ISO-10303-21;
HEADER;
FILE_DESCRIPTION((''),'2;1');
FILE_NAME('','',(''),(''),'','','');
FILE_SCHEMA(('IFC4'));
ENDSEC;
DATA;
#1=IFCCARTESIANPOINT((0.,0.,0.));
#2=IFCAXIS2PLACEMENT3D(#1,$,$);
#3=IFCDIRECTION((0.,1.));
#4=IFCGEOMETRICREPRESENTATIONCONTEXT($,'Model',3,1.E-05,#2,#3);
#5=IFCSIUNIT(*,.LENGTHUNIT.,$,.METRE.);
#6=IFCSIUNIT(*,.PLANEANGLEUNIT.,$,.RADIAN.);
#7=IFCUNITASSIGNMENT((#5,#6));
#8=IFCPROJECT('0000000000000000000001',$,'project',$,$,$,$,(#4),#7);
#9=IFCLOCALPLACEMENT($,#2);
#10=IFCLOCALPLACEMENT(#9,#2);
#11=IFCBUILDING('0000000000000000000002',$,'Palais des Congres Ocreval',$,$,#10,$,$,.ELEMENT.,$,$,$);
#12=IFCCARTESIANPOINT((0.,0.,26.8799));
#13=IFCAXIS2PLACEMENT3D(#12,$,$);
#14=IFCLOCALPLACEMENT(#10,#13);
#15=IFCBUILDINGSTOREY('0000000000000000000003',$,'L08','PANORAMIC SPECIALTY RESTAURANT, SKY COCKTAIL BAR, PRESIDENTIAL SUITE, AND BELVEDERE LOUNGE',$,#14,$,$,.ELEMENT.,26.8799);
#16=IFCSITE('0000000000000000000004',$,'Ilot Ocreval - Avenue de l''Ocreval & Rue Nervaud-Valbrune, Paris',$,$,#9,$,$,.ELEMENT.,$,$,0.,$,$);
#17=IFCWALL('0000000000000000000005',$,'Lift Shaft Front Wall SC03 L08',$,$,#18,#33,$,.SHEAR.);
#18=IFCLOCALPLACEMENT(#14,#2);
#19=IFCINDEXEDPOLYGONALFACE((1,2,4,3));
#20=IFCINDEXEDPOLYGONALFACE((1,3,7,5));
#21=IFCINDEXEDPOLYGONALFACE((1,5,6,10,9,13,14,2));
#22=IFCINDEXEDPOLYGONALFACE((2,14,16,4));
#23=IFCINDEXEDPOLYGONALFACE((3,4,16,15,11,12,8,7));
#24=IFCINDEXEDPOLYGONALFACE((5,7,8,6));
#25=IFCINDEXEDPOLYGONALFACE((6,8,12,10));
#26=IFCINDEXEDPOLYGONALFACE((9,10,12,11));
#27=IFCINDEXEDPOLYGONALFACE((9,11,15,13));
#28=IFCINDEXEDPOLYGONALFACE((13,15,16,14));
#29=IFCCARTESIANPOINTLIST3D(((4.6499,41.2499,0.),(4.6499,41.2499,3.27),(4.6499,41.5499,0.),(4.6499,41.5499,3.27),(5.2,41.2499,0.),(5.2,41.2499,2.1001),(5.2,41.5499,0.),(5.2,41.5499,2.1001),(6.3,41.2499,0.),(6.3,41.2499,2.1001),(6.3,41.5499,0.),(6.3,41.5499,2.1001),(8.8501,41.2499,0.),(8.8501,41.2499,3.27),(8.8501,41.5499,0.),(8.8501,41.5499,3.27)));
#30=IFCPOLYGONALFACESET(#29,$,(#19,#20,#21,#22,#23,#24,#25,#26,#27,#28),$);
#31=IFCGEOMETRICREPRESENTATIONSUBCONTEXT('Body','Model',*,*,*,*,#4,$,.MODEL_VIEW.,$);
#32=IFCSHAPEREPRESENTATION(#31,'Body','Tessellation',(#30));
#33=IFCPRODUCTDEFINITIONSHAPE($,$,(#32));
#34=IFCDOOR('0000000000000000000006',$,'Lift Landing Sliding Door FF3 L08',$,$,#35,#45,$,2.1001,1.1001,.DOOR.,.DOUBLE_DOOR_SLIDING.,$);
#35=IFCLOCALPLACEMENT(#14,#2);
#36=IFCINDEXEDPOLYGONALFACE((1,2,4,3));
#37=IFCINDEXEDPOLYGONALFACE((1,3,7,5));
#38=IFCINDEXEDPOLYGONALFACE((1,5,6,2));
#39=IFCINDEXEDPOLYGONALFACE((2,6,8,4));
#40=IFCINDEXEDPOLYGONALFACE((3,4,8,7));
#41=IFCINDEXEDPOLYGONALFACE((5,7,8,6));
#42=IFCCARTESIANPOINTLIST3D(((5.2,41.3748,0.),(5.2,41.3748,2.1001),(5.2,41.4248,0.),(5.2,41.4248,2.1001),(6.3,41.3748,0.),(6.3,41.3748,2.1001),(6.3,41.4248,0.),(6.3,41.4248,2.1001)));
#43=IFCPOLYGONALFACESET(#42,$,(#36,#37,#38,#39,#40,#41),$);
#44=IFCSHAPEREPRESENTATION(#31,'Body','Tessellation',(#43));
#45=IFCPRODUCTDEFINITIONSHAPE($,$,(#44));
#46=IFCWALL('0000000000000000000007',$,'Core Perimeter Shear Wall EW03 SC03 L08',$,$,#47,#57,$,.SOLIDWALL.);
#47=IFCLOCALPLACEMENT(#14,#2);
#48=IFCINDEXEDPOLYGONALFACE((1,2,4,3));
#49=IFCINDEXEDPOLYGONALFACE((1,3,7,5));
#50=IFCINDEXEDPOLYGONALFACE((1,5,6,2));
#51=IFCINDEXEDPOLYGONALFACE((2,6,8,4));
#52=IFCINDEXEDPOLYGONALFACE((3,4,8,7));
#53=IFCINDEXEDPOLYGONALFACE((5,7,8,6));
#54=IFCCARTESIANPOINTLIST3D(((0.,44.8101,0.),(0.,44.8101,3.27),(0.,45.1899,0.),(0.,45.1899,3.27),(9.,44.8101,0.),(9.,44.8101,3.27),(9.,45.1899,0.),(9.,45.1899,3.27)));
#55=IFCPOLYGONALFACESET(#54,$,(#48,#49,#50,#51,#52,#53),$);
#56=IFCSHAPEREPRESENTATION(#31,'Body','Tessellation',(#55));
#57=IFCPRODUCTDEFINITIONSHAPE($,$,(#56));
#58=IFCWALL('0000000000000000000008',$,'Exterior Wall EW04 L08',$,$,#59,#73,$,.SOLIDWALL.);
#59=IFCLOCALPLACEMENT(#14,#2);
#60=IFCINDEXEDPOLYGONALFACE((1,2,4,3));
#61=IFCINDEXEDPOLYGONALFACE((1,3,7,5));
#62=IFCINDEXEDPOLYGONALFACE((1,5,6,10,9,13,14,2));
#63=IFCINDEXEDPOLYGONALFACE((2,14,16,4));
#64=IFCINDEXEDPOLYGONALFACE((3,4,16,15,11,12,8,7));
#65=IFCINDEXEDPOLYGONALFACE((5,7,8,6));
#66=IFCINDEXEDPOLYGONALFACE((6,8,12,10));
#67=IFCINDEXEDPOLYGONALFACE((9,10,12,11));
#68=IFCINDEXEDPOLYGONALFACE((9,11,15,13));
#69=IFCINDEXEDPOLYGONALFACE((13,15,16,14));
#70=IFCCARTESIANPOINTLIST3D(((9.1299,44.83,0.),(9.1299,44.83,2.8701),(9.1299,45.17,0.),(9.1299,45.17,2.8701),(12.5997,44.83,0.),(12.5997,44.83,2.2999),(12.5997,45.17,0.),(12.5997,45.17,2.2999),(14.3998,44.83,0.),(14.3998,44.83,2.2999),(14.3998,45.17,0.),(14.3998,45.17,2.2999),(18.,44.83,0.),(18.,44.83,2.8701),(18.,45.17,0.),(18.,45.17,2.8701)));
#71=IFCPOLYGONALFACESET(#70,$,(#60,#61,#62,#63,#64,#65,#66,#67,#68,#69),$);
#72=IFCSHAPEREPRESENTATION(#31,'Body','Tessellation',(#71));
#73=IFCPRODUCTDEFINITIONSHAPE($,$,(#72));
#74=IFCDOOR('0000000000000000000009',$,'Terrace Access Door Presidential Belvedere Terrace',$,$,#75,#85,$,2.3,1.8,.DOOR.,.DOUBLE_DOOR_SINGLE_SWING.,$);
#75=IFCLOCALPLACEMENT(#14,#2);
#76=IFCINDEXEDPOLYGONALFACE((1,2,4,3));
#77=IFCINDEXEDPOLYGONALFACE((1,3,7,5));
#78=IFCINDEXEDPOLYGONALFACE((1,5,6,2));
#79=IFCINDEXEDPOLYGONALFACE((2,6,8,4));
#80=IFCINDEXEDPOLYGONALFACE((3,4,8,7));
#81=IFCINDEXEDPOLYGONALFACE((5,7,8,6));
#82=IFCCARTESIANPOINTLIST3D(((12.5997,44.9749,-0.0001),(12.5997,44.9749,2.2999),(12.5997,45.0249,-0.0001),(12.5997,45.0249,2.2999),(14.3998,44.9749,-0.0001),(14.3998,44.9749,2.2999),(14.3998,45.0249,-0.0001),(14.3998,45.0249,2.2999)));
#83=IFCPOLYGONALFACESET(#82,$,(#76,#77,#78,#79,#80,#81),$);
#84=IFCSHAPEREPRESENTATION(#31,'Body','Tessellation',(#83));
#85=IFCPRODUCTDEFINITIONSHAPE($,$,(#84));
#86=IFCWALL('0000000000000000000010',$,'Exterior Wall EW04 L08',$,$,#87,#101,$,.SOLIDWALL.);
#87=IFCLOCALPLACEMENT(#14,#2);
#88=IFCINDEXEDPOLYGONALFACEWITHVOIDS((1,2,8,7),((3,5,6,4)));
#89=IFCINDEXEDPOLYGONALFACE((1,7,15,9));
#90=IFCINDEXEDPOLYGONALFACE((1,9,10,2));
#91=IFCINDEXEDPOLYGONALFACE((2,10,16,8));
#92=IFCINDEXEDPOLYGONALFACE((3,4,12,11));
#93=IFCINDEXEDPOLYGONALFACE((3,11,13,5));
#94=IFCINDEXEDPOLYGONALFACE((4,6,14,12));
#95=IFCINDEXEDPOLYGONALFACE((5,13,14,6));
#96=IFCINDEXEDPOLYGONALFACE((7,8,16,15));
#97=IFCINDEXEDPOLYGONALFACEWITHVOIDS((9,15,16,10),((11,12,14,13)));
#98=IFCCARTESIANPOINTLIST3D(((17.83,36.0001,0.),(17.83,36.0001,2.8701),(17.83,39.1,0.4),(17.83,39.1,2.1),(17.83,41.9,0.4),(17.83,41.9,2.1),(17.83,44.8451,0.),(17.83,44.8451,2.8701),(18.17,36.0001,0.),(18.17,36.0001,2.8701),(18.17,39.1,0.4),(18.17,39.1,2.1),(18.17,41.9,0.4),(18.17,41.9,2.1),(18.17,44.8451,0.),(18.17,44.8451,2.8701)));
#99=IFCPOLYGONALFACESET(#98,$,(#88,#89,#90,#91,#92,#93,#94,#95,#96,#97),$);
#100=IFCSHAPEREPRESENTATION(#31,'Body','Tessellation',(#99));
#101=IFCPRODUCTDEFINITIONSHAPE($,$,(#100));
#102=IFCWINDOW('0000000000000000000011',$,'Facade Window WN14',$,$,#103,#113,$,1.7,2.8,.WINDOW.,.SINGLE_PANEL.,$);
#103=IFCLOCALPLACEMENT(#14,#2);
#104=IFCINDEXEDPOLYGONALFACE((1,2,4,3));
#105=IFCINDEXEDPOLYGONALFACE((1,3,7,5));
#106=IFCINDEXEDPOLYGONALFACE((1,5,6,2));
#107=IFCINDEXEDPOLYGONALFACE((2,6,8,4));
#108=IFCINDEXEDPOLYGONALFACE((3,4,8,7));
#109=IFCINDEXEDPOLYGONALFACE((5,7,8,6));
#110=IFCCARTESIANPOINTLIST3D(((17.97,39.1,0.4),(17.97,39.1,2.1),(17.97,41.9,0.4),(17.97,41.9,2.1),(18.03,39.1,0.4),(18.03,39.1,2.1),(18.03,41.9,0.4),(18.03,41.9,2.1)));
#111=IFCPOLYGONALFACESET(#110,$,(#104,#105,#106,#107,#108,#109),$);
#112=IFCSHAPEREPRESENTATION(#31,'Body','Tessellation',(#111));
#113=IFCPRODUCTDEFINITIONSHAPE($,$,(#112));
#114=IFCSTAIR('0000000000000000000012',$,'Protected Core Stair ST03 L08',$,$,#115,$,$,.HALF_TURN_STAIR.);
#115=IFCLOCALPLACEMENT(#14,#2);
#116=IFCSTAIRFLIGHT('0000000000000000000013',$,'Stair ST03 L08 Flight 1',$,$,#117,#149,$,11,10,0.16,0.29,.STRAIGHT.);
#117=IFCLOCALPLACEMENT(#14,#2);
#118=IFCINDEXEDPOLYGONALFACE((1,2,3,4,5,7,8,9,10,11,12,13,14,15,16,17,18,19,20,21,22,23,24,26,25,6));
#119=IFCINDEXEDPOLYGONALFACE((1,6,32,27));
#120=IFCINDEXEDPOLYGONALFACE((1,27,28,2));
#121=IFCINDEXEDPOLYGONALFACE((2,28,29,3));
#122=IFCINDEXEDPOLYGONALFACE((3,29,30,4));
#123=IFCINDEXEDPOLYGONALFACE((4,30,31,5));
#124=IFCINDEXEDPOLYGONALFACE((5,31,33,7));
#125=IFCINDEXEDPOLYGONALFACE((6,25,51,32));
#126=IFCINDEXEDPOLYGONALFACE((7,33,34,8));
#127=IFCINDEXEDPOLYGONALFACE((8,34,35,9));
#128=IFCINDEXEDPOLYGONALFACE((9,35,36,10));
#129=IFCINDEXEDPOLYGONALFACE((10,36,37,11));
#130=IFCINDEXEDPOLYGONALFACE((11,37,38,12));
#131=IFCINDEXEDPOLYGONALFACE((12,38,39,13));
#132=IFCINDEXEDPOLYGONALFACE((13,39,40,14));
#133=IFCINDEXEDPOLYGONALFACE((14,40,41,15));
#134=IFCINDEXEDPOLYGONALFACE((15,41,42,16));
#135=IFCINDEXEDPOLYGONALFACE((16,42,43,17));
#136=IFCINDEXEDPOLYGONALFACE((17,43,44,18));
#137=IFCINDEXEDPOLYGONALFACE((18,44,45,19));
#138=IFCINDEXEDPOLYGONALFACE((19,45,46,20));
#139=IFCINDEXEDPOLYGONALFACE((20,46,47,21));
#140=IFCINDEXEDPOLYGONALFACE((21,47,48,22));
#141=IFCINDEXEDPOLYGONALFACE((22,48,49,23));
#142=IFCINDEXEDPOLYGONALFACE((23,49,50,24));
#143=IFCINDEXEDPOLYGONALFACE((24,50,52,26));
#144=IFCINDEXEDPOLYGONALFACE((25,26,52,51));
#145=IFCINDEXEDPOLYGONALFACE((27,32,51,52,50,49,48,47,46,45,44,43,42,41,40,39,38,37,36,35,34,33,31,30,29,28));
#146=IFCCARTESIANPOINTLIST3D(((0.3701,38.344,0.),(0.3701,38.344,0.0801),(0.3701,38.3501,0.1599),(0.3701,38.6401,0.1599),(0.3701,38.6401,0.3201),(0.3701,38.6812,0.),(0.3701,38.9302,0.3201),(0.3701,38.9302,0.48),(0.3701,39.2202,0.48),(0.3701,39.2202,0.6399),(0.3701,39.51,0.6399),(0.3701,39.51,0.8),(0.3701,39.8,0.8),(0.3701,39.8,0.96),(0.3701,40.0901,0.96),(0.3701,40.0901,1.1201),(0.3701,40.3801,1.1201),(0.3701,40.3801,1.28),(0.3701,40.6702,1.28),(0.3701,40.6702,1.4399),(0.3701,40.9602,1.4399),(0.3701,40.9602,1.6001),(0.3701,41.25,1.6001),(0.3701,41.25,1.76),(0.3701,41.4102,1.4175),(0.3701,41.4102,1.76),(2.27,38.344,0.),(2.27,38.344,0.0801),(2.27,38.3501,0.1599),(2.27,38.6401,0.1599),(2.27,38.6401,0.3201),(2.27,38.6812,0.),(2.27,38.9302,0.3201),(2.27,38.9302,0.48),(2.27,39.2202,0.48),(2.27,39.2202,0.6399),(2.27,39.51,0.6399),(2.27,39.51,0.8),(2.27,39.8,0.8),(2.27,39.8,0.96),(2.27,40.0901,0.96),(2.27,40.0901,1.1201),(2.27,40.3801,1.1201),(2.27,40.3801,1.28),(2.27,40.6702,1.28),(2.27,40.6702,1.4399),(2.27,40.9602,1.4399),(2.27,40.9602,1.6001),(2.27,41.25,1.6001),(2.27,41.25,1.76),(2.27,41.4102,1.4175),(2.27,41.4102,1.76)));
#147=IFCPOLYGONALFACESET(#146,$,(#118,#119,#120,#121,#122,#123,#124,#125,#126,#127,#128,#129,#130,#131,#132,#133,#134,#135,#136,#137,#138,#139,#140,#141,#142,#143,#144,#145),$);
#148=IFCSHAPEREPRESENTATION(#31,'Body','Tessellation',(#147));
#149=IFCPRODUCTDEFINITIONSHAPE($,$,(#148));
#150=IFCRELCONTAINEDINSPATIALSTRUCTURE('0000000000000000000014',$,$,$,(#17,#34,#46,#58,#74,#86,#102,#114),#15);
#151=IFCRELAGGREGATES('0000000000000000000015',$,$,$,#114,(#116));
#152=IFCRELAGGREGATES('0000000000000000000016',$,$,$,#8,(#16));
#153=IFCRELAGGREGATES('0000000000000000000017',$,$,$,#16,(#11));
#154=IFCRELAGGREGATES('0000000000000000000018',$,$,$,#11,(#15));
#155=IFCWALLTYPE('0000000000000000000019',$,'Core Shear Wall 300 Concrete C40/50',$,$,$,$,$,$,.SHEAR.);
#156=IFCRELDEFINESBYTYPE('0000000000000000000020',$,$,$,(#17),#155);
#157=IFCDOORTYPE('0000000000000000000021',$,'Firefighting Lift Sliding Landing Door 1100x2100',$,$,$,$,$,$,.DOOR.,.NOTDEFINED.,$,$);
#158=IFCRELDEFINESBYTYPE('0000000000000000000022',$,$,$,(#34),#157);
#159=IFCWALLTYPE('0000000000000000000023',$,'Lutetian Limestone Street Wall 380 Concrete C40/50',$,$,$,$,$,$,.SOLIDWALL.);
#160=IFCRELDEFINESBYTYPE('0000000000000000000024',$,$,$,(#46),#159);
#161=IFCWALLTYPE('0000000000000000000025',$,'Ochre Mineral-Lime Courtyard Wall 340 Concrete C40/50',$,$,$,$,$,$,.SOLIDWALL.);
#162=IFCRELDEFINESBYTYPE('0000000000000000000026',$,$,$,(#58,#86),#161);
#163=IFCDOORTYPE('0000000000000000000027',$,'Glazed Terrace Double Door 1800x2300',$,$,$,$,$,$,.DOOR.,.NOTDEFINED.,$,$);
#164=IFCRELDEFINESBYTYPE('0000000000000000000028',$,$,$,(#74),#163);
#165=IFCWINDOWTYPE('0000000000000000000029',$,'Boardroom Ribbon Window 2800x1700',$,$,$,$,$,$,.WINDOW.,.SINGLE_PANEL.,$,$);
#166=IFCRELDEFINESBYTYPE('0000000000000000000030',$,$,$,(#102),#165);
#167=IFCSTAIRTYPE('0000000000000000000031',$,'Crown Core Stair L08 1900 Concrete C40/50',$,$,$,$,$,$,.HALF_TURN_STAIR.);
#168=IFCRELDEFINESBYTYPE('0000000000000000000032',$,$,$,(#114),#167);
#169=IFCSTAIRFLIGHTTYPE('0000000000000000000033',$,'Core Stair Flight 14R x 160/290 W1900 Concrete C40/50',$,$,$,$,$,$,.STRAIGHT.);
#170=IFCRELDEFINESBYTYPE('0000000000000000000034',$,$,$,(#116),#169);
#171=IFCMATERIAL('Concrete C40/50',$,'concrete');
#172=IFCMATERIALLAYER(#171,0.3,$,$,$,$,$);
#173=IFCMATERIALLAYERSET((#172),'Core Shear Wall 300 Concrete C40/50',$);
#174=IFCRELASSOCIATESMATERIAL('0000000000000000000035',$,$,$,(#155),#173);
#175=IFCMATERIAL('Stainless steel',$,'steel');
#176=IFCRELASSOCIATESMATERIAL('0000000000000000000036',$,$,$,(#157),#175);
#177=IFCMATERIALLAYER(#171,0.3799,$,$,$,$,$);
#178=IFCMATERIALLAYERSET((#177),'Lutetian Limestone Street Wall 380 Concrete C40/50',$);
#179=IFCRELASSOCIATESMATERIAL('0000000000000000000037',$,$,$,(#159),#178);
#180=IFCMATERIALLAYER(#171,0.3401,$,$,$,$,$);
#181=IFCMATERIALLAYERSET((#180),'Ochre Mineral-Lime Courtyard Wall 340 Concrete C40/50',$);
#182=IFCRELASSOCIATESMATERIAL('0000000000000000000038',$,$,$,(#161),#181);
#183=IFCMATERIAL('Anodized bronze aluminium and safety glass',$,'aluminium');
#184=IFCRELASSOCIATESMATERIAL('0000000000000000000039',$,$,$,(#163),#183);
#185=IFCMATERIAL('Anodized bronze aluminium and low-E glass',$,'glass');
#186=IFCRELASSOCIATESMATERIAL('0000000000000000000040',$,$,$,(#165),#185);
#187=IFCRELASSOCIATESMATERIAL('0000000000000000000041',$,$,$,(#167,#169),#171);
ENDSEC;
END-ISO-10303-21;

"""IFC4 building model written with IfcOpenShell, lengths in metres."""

from ifc_helpers import new_model, si_unit, direction, frame, frame_2d, origin, place, context, subcontext, project, spatial, polyline, rectangle, outline, extrude, material, layer, layer_set, type_object, element, fill, aggregate, save


model = new_model("IFC4")

# Units and contexts
model_context = context("Model", 3, precision=1e-05, world=origin(), true_north=direction((0.0, 1.0)))
body_context = subcontext(model_context, "Body", "Model", "MODEL_VIEW")
ifc_project = project(units=[si_unit("LENGTHUNIT", "METRE"), si_unit("PLANEANGLEUNIT", "RADIAN")], contexts=[model_context])

# Site, building, storey
site_placement = place(None, origin())
site = spatial("IfcSite", under=ifc_project, at=site_placement, Name="Ilot Ocreval - Avenue de l'Ocreval & Rue Nervaud-Valbrune, Paris", CompositionType="ELEMENT", RefElevation=0.0)
building_placement = place(site_placement, origin())
building = spatial("IfcBuilding", under=site, at=building_placement, Name="Palais des Congres Ocreval", CompositionType="ELEMENT")
storey_placement = place(building_placement, frame((0.0, 0.0, 26.8799)))
storey = spatial("IfcBuildingStorey", under=building, at=storey_placement, Name="L08", Description="PANORAMIC SPECIALTY RESTAURANT, SKY COCKTAIL BAR, PRESIDENTIAL SUITE, AND BELVEDERE LOUNGE", CompositionType="ELEMENT", Elevation=26.8799)

# Wall, opening, door
ifc_material_1 = material(Name="Concrete C40/50", Category="concrete")
ifc_layer_1 = layer(ifc_material_1, 0.3)
ifc_layer_set_1 = layer_set([ifc_layer_1], Name="Core Shear Wall 300 Concrete C40/50")
wall_type_1 = type_object("IfcWallType", Name="Core Shear Wall 300 Concrete C40/50", PredefinedType="SHEAR", material=ifc_layer_set_1)
wall_1_placement = place(storey_placement, frame((4.6499, 41.3999, 0.0), z_axis=(0.0, 0.0, 1.0), x_axis=(1.0, 0.0, 0.0)))
wall_1 = element("IfcWall", 1, at=wall_1_placement, inside=storey, type_object=wall_type_1, Name="Lift Shaft Front Wall SC03 L08", PredefinedType="SHEAR", context=body_context, shape_type="SweptSolid", body=[
    extrude(rectangle(XDim=4.2002, YDim=0.3, at=frame_2d((2.1001, 0.0))), origin(), (0.0, 0.0, 1.0), 3.27),
])
opening_1_placement = place(wall_1_placement, frame((0.55, 0.0, 0.0)))
opening_1 = element("IfcOpeningElement", 2, at=opening_1_placement, cuts=wall_1, PredefinedType="OPENING", context=body_context, shape_type="SweptSolid", body=[
    extrude(rectangle(XDim=1.1001, YDim=2.1001, at=frame_2d((0.55, 1.05))), frame((0.0, 0.1599, 0.0), z_axis=(0.0, -1.0, 0.0), x_axis=(1.0, 0.0, 0.0)), (0.0, 0.0, 1.0), 0.3201),
])
ifc_material_2 = material(Name="Stainless steel", Category="steel")
door_type_1 = type_object("IfcDoorType", Name="Firefighting Lift Sliding Landing Door 1100x2100", OperationType="NOTDEFINED", PredefinedType="DOOR", material=ifc_material_2)
door_1_placement = place(opening_1_placement, origin())
door_1 = element("IfcDoor", 3, at=door_1_placement, inside=storey, type_object=door_type_1, Name="Lift Landing Sliding Door FF3 L08", OperationType="DOUBLE_DOOR_SLIDING", OverallHeight=2.1001, OverallWidth=1.1001, PredefinedType="DOOR", context=body_context, shape_type="SweptSolid", body=[
    extrude(rectangle(XDim=1.1001, YDim=2.1001, at=frame_2d((0.55, 1.05))), frame((0.0, 0.0249, 0.0), z_axis=(0.0, -1.0, 0.0), x_axis=(1.0, 0.0, 0.0)), (0.0, 0.0, 1.0), 0.05),
])
fill(opening_1, door_1)

# Wall
ifc_layer_2 = layer(ifc_material_1, 0.3799)
ifc_layer_set_2 = layer_set([ifc_layer_2], Name="Lutetian Limestone Street Wall 380 Concrete C40/50")
wall_type_2 = type_object("IfcWallType", Name="Lutetian Limestone Street Wall 380 Concrete C40/50", PredefinedType="SOLIDWALL", material=ifc_layer_set_2)
wall_2_placement = place(storey_placement, frame((0.0, 45.0, 0.0), z_axis=(0.0, 0.0, 1.0), x_axis=(1.0, 0.0, 0.0)))
element("IfcWall", 4, at=wall_2_placement, inside=storey, type_object=wall_type_2, Name="Core Perimeter Shear Wall EW03 SC03 L08", PredefinedType="SOLIDWALL", context=body_context, shape_type="SweptSolid", body=[
    extrude(rectangle(XDim=9.0, YDim=0.3799, at=frame_2d((4.5, 0.0))), origin(), (0.0, 0.0, 1.0), 3.27),
])

# Wall, opening, door
ifc_layer_3 = layer(ifc_material_1, 0.3401)
ifc_layer_set_3 = layer_set([ifc_layer_3], Name="Ochre Mineral-Lime Courtyard Wall 340 Concrete C40/50")
wall_type_3 = type_object("IfcWallType", Name="Ochre Mineral-Lime Courtyard Wall 340 Concrete C40/50", PredefinedType="SOLIDWALL", material=ifc_layer_set_3)
wall_3_placement = place(storey_placement, frame((9.1299, 45.0, 0.0), z_axis=(0.0, 0.0, 1.0), x_axis=(1.0, 0.0, 0.0)))
wall_3 = element("IfcWall", 5, at=wall_3_placement, inside=storey, type_object=wall_type_3, Name="Exterior Wall EW04 L08", PredefinedType="SOLIDWALL", context=body_context, shape_type="SweptSolid", body=[
    extrude(rectangle(XDim=8.8701, YDim=0.3401, at=frame_2d((4.4351, 0.0))), origin(), (0.0, 0.0, 1.0), 2.8701),
])
opening_2_placement = place(wall_3_placement, frame((3.47, 0.0, 0.0)))
opening_2 = element("IfcOpeningElement", 6, at=opening_2_placement, cuts=wall_3, PredefinedType="OPENING", context=body_context, shape_type="SweptSolid", body=[
    extrude(rectangle(XDim=1.8, YDim=2.3, at=frame_2d((0.8999, 1.1499))), frame((0.0, 0.1799, 0.0), z_axis=(0.0, -1.0, 0.0), x_axis=(1.0, 0.0, 0.0)), (0.0, 0.0, 1.0), 0.3601),
])
ifc_material_3 = material(Name="Anodized bronze aluminium and safety glass", Category="aluminium")
door_type_2 = type_object("IfcDoorType", Name="Glazed Terrace Double Door 1800x2300", OperationType="NOTDEFINED", PredefinedType="DOOR", material=ifc_material_3)
door_2_placement = place(opening_2_placement, origin())
door_2 = element("IfcDoor", 7, at=door_2_placement, inside=storey, type_object=door_type_2, Name="Terrace Access Door Presidential Belvedere Terrace", OperationType="DOUBLE_DOOR_SINGLE_SWING", OverallHeight=2.3, OverallWidth=1.8, PredefinedType="DOOR", context=body_context, shape_type="SweptSolid", body=[
    extrude(rectangle(XDim=1.8, YDim=2.3, at=frame_2d((0.8999, 1.1499))), frame((0.0, 0.0249, 0.0), z_axis=(0.0, -1.0, 0.0), x_axis=(1.0, 0.0, 0.0)), (0.0, 0.0, 1.0), 0.05),
])
fill(opening_2, door_2)

# Wall, opening, window
wall_4_placement = place(storey_placement, frame((18.0, 44.845, 0.0), z_axis=(0.0, 0.0, 1.0), x_axis=(0.0, -1.0, 0.0)))
wall_4 = element("IfcWall", 8, at=wall_4_placement, inside=storey, type_object=wall_type_3, Name="Exterior Wall EW04 L08", PredefinedType="SOLIDWALL", context=body_context, shape_type="SweptSolid", body=[
    extrude(rectangle(XDim=8.845, YDim=0.3401, at=frame_2d((4.4224, 0.0))), origin(), (0.0, 0.0, 1.0), 2.8701),
])
opening_3_placement = place(wall_4_placement, frame((2.9451, 0.0, 0.3999)))
opening_3 = element("IfcOpeningElement", 9, at=opening_3_placement, cuts=wall_4, PredefinedType="OPENING", context=body_context, shape_type="SweptSolid", body=[
    extrude(rectangle(XDim=2.8, YDim=1.7, at=frame_2d((1.3999, 0.8501))), frame((0.0, 0.1799, 0.0), z_axis=(0.0, -1.0, 0.0), x_axis=(1.0, 0.0, 0.0)), (0.0, 0.0, 1.0), 0.3601),
])
ifc_material_4 = material(Name="Anodized bronze aluminium and low-E glass", Category="glass")
window_type = type_object("IfcWindowType", Name="Boardroom Ribbon Window 2800x1700", PartitioningType="SINGLE_PANEL", PredefinedType="WINDOW", material=ifc_material_4)
window_placement = place(opening_3_placement, origin())
window = element("IfcWindow", 10, at=window_placement, inside=storey, type_object=window_type, Name="Facade Window WN14", OverallHeight=1.7, OverallWidth=2.8, PartitioningType="SINGLE_PANEL", PredefinedType="WINDOW", context=body_context, shape_type="SweptSolid", body=[
    extrude(rectangle(XDim=2.8, YDim=1.7, at=frame_2d((1.3999, 0.8501))), frame((0.0, 0.03, 0.0), z_axis=(0.0, -1.0, 0.0), x_axis=(1.0, 0.0, 0.0)), (0.0, 0.0, 1.0), 0.0601),
])
fill(opening_3, window)

# Stair, stair flight
stair_type = type_object("IfcStairType", Name="Crown Core Stair L08 1900 Concrete C40/50", PredefinedType="HALF_TURN_STAIR", material=ifc_material_1)
stair_placement = place(storey_placement, origin())
stair = element("IfcStair", 11, at=stair_placement, inside=storey, type_object=stair_type, Name="Protected Core Stair ST03 L08", PredefinedType="HALF_TURN_STAIR")
stair_flight_type = type_object("IfcStairFlightType", Name="Core Stair Flight 14R x 160/290 W1900 Concrete C40/50", PredefinedType="STRAIGHT", material=ifc_material_1)
stair_flight_1_placement = place(storey_placement, frame((1.3201, 38.3501, 0.0), z_axis=(0.0, 0.0, 1.0), x_axis=(0.0, 1.0, 0.0)))
stair_flight_1 = element("IfcStairFlight", 12, at=stair_flight_1_placement, type_object=stair_flight_type, Name="Stair ST03 L08 Flight 1", NumberOfRisers=11, NumberOfTreads=10, PredefinedType="STRAIGHT", RiserHeight=0.16, TreadLength=0.29, context=body_context, shape_type="SweptSolid", body=[
    extrude(outline(polyline([(-0.0061, 0.0), (-0.0061, 0.0801), (0.0, 0.1599), (0.29, 0.1599), (0.29, 0.3201), (0.5801, 0.3201), (0.5801, 0.48), (0.8701, 0.48), (0.8701, 0.6399), (1.1599, 0.6399), (1.1599, 0.8), (1.45, 0.8), (1.45, 0.96), (1.74, 0.96), (1.74, 1.1201), (2.03, 1.1201), (2.03, 1.28), (2.3201, 1.28), (2.3201, 1.4399), (2.6101, 1.4399), (2.6101, 1.6001), (2.8999, 1.6001), (2.8999, 1.76), (3.0601, 1.76), (3.0601, 1.4175), (0.3311, 0.0), (-0.0061, 0.0)])), frame((0.0, 0.95, 0.0), z_axis=(0.0, -1.0, 0.0), x_axis=(1.0, 0.0, 0.0)), (0.0, 0.0, 1.0), 1.8999),
])
aggregate(stair, [stair_flight_1])

save(model, "model.ifc")
